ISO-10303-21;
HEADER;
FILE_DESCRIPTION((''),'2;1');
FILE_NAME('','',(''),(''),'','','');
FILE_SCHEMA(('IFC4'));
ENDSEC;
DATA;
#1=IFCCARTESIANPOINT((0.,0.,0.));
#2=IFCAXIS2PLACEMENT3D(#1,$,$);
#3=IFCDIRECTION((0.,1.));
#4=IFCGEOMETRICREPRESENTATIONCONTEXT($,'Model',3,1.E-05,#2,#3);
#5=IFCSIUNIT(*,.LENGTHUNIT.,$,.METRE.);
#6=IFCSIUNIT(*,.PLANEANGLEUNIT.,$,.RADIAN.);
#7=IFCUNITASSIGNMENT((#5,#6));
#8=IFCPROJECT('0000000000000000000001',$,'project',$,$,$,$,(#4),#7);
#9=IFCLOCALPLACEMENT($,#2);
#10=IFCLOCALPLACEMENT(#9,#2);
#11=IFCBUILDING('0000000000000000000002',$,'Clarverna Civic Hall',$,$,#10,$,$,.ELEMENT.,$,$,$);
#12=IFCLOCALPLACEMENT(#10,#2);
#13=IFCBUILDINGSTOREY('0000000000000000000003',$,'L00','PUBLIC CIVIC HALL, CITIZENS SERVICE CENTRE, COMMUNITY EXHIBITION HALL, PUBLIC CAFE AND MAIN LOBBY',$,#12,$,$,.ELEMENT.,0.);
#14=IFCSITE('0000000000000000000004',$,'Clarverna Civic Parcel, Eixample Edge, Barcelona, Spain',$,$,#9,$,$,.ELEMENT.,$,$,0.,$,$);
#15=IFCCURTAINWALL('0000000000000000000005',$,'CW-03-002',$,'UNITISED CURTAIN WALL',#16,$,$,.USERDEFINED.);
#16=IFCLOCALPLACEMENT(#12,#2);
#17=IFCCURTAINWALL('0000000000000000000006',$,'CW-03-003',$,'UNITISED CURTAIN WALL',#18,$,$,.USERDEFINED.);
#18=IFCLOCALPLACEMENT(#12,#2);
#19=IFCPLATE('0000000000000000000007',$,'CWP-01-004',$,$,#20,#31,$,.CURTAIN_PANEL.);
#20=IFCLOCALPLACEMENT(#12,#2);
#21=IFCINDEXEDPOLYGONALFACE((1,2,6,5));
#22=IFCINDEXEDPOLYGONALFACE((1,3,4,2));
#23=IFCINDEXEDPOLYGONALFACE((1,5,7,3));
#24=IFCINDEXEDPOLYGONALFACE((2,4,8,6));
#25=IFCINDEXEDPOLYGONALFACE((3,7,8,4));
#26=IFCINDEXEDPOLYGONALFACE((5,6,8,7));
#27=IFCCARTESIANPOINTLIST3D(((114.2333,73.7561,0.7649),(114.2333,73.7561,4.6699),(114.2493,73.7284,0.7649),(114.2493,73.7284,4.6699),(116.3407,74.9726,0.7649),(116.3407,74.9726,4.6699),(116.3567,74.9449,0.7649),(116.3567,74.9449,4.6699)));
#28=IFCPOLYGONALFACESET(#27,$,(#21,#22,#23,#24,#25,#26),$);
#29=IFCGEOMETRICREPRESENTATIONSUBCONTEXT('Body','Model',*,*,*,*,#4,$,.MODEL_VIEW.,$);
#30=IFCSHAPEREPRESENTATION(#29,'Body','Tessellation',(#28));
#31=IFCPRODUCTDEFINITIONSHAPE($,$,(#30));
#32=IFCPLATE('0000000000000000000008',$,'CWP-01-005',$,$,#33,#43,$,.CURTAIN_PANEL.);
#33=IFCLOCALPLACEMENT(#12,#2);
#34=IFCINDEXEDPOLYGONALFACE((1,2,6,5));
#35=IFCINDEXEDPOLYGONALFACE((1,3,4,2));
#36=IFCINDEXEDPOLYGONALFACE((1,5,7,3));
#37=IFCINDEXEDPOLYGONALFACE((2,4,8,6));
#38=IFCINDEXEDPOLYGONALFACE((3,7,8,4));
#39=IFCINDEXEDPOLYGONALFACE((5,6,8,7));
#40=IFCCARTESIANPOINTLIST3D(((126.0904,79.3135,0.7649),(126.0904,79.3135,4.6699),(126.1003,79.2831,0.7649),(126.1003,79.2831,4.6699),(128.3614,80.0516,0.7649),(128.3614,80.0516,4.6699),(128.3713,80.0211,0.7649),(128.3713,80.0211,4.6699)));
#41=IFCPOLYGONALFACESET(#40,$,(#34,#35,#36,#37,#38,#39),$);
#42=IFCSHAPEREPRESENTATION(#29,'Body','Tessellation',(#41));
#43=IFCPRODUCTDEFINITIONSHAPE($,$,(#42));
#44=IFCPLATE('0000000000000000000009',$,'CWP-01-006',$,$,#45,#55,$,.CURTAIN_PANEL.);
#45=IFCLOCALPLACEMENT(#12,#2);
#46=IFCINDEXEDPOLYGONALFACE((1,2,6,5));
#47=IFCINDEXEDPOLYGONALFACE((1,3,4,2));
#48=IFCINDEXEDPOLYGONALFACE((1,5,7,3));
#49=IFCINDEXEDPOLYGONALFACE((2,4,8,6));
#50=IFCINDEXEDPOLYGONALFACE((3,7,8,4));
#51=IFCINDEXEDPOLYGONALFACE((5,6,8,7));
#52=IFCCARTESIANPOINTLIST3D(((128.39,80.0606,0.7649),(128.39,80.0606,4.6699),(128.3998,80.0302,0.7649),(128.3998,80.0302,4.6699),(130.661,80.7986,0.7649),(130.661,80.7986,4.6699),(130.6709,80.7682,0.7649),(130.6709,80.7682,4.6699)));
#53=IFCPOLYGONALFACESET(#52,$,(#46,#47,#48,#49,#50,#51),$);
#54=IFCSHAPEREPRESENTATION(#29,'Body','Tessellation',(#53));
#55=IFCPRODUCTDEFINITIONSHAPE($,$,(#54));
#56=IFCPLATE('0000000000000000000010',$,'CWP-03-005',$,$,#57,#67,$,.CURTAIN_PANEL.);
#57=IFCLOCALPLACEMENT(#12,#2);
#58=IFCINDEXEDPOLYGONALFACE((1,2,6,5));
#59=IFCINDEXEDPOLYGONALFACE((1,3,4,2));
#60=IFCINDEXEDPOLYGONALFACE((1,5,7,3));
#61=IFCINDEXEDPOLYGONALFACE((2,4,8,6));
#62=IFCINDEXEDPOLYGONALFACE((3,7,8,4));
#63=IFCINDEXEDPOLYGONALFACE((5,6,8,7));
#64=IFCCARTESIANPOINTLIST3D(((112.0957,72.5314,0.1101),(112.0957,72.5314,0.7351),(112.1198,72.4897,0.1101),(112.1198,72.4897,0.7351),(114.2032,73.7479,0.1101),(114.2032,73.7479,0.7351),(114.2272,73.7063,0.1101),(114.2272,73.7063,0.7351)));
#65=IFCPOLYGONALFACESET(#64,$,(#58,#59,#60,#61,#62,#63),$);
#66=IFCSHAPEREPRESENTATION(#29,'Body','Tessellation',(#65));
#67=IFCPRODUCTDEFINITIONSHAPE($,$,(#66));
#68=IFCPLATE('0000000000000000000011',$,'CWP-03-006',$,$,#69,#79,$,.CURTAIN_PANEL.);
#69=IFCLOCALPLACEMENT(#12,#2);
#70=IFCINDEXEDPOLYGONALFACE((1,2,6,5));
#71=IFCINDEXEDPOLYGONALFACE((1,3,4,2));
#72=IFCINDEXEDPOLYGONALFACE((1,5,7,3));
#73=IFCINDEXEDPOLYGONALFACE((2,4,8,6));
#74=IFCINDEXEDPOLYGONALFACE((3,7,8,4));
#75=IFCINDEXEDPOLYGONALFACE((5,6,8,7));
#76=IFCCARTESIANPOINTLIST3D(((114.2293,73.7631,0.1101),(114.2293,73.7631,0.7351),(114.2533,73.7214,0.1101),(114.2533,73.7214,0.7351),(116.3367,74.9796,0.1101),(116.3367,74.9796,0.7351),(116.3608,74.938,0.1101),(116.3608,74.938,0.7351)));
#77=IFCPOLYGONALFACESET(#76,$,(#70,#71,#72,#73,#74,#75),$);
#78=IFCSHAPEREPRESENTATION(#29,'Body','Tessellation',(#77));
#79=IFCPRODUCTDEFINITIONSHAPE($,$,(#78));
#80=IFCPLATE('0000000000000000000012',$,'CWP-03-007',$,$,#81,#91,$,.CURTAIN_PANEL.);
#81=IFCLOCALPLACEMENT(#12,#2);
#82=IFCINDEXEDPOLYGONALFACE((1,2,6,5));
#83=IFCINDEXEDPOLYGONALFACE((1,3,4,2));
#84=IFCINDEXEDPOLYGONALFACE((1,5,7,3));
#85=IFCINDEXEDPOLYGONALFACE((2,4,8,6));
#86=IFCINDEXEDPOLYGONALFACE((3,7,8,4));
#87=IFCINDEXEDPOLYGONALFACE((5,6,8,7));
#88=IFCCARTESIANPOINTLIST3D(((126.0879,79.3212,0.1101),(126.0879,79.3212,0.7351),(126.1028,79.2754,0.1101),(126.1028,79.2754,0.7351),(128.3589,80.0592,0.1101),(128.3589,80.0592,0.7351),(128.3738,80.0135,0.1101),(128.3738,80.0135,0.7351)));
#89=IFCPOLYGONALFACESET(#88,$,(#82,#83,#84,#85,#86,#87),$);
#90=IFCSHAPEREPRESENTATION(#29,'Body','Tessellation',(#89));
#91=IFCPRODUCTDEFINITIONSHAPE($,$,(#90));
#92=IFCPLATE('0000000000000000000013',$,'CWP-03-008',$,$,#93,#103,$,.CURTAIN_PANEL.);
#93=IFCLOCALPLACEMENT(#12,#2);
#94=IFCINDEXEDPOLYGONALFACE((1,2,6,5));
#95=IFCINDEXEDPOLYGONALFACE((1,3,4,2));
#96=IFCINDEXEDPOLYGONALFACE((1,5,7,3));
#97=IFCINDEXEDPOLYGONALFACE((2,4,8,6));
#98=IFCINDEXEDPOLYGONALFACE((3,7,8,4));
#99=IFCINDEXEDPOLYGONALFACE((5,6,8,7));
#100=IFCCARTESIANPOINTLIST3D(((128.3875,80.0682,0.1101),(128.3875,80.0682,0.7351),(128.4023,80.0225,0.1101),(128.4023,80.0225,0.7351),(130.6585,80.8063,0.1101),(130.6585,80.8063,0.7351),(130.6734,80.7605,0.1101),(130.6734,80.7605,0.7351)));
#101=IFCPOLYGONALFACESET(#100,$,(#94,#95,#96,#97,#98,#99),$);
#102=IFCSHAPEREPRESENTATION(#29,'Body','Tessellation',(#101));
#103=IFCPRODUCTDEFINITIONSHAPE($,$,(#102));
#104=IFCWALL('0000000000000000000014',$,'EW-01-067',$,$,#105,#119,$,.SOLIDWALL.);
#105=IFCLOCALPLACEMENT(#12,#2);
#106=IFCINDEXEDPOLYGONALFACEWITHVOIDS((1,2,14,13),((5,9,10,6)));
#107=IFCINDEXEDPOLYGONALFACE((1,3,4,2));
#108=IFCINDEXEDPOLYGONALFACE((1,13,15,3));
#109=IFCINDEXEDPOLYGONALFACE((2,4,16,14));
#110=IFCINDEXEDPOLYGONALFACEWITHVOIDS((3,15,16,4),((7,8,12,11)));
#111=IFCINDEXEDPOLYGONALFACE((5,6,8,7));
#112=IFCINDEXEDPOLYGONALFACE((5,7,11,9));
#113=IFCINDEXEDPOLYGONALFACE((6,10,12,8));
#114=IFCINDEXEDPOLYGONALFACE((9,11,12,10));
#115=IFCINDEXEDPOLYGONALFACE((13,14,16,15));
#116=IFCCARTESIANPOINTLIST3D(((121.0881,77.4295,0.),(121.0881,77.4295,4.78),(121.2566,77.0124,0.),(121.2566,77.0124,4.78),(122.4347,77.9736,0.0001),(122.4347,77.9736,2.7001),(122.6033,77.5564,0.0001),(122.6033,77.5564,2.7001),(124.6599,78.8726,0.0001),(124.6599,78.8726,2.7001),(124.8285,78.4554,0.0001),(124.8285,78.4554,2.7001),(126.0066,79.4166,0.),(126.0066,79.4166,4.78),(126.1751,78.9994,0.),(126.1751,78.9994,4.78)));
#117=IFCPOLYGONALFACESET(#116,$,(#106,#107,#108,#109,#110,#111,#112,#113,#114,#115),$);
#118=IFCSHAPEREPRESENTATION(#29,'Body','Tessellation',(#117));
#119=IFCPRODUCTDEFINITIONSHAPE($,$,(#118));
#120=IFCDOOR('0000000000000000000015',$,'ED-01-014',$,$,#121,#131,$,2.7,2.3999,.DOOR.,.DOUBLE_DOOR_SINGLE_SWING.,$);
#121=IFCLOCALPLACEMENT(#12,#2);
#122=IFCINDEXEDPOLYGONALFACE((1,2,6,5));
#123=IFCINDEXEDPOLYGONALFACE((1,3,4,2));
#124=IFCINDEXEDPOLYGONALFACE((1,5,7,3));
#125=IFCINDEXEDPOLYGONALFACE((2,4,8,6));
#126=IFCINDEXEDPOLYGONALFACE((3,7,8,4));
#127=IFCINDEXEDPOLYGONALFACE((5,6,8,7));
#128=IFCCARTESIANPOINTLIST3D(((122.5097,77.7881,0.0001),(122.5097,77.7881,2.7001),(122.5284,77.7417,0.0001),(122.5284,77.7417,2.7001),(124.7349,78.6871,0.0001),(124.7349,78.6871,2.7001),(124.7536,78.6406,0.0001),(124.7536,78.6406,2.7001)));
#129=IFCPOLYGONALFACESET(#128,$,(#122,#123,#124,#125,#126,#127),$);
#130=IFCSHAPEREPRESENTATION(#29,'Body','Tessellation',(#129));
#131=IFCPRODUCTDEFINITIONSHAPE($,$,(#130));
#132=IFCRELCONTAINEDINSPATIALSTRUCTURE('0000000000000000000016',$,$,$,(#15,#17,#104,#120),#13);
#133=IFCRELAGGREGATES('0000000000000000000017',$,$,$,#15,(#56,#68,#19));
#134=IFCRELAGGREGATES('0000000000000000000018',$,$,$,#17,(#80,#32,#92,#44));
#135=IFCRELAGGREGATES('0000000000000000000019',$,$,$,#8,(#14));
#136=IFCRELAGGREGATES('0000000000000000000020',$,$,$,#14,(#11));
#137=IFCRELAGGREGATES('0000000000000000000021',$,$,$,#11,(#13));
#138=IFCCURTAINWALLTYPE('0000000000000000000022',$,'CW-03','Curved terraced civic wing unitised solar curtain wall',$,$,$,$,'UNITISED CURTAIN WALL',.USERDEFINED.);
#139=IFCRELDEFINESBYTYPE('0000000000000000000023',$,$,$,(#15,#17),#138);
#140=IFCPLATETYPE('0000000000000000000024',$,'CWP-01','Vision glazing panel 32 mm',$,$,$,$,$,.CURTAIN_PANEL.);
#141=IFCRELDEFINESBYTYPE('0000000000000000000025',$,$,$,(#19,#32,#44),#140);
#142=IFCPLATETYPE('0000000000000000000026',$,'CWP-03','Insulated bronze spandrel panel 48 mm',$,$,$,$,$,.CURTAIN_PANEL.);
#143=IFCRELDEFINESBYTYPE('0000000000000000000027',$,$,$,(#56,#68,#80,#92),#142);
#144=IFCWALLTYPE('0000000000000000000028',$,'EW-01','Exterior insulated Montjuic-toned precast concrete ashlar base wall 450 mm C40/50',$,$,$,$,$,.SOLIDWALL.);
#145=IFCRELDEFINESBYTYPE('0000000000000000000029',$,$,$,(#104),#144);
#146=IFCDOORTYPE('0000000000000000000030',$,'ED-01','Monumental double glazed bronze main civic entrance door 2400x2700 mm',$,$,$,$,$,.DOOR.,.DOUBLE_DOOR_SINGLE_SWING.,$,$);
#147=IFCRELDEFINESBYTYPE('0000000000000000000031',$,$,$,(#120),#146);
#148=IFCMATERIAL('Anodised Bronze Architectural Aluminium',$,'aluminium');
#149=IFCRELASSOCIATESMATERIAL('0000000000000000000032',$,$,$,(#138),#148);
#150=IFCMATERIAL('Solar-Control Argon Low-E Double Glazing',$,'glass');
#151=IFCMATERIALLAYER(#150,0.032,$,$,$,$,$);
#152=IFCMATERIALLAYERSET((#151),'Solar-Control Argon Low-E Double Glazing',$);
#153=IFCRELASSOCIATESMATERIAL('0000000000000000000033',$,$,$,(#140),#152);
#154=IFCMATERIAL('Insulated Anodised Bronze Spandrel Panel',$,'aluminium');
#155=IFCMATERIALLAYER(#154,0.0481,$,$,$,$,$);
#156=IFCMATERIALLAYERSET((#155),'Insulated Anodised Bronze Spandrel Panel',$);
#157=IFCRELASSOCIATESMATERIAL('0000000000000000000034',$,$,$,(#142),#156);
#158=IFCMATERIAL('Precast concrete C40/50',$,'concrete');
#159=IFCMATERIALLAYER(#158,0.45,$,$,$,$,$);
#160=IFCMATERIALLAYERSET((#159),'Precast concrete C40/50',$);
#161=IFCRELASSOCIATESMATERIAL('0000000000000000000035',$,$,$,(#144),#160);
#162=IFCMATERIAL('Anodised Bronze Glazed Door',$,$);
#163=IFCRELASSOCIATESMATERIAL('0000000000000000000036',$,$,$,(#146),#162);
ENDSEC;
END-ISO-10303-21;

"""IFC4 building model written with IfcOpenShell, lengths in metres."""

from ifc_helpers import new_model, si_unit, direction, frame, frame_2d, origin, place, context, subcontext, project, spatial, rectangle, extrude, material, layer, layer_set, type_object, element, fill, aggregate, save


model = new_model("IFC4")

# Units and contexts
model_context = context("Model", 3, precision=1e-05, world=origin(), true_north=direction((0.0, 1.0)))
body_context = subcontext(model_context, "Body", "Model", "MODEL_VIEW")
ifc_project = project(units=[si_unit("LENGTHUNIT", "METRE"), si_unit("PLANEANGLEUNIT", "RADIAN")], contexts=[model_context])

# Site, building, storey
site_placement = place(None, origin())
site = spatial("IfcSite", under=ifc_project, at=site_placement, Name="Clarverna Civic Parcel, Eixample Edge, Barcelona, Spain", CompositionType="ELEMENT", RefElevation=0.0)
building_placement = place(site_placement, origin())
building = spatial("IfcBuilding", under=site, at=building_placement, Name="Clarverna Civic Hall", CompositionType="ELEMENT")
storey_placement = place(building_placement, origin())
storey = spatial("IfcBuildingStorey", under=building, at=storey_placement, Name="L00", Description="PUBLIC CIVIC HALL, CITIZENS SERVICE CENTRE, COMMUNITY EXHIBITION HALL, PUBLIC CAFE AND MAIN LOBBY", CompositionType="ELEMENT", Elevation=0.0)

# Curtain walls
ifc_material_1 = material(Name="Anodised Bronze Architectural Aluminium", Category="aluminium")
curtain_wall_type = type_object("IfcCurtainWallType", Name="CW-03", Description="Curved terraced civic wing unitised solar curtain wall", ElementType="UNITISED CURTAIN WALL", PredefinedType="USERDEFINED", material=ifc_material_1)
curtain_wall_1_placement = place(storey_placement, origin())
curtain_wall_1 = element("IfcCurtainWall", 1, at=curtain_wall_1_placement, inside=storey, type_object=curtain_wall_type, Name="CW-03-002", ObjectType="UNITISED CURTAIN WALL", PredefinedType="USERDEFINED")
curtain_wall_2_placement = place(storey_placement, origin())
curtain_wall_2 = element("IfcCurtainWall", 2, at=curtain_wall_2_placement, inside=storey, type_object=curtain_wall_type, Name="CW-03-003", ObjectType="UNITISED CURTAIN WALL", PredefinedType="USERDEFINED")

# Plates
ifc_material_2 = material(Name="Solar-Control Argon Low-E Double Glazing", Category="glass")
ifc_layer_1 = layer(ifc_material_2, 0.032)
ifc_layer_set_1 = layer_set([ifc_layer_1], Name="Solar-Control Argon Low-E Double Glazing")
plate_type_1 = type_object("IfcPlateType", Name="CWP-01", Description="Vision glazing panel 32 mm", PredefinedType="CURTAIN_PANEL", material=ifc_layer_set_1)
plate_1_placement = place(storey_placement, frame((114.2412, 73.7422, 0.7649), z_axis=(0.0, 0.0, 1.0), x_axis=(0.866055, 0.499948, 0.0)))
plate_1 = element("IfcPlate", 3, at=plate_1_placement, type_object=plate_type_1, Name="CWP-01-004", PredefinedType="CURTAIN_PANEL", context=body_context, shape_type="SweptSolid", body=[
    extrude(rectangle(XDim=2.4333, YDim=0.032, at=frame_2d((1.2168, 0.0))), origin(), (0.0, 0.0, 1.0), 3.905),
])
plate_2_placement = place(storey_placement, frame((126.0955, 79.2983, 0.7649), z_axis=(0.0, 0.0, 1.0), x_axis=(0.951039, 0.309072, 0.0)))
plate_2 = element("IfcPlate", 4, at=plate_2_placement, type_object=plate_type_1, Name="CWP-01-005", PredefinedType="CURTAIN_PANEL", context=body_context, shape_type="SweptSolid", body=[
    extrude(rectangle(XDim=2.3879, YDim=0.032, at=frame_2d((1.1938, 0.0))), origin(), (0.0, 0.0, 1.0), 3.905),
])
plate_3_placement = place(storey_placement, frame((128.395, 80.0454, 0.7649), z_axis=(0.0, 0.0, 1.0), x_axis=(0.951039, 0.309072, 0.0)))
plate_3 = element("IfcPlate", 5, at=plate_3_placement, type_object=plate_type_1, Name="CWP-01-006", PredefinedType="CURTAIN_PANEL", context=body_context, shape_type="SweptSolid", body=[
    extrude(rectangle(XDim=2.3879, YDim=0.032, at=frame_2d((1.1938, 0.0))), origin(), (0.0, 0.0, 1.0), 3.905),
])
ifc_material_3 = material(Name="Insulated Anodised Bronze Spandrel Panel", Category="aluminium")
ifc_layer_2 = layer(ifc_material_3, 0.0481)
ifc_layer_set_2 = layer_set([ifc_layer_2], Name="Insulated Anodised Bronze Spandrel Panel")
plate_type_2 = type_object("IfcPlateType", Name="CWP-03", Description="Insulated bronze spandrel panel 48 mm", PredefinedType="CURTAIN_PANEL", material=ifc_layer_set_2)
plate_4_placement = place(storey_placement, frame((112.1077, 72.5105, 0.1101), z_axis=(0.0, 0.0, 1.0), x_axis=(0.866055, 0.499948, 0.0)))
plate_4 = element("IfcPlate", 6, at=plate_4_placement, type_object=plate_type_2, Name="CWP-03-005", PredefinedType="CURTAIN_PANEL", context=body_context, shape_type="SweptSolid", body=[
    extrude(rectangle(XDim=2.4333, YDim=0.0481, at=frame_2d((1.2168, 0.0))), origin(), (0.0, 0.0, 1.0), 0.625),
])
plate_5_placement = place(storey_placement, frame((114.2412, 73.7422, 0.1101), z_axis=(0.0, 0.0, 1.0), x_axis=(0.866055, 0.499948, 0.0)))
plate_5 = element("IfcPlate", 7, at=plate_5_placement, type_object=plate_type_2, Name="CWP-03-006", PredefinedType="CURTAIN_PANEL", context=body_context, shape_type="SweptSolid", body=[
    extrude(rectangle(XDim=2.4333, YDim=0.0481, at=frame_2d((1.2168, 0.0))), origin(), (0.0, 0.0, 1.0), 0.625),
])
aggregate(curtain_wall_1, [plate_4, plate_5, plate_1])
plate_6_placement = place(storey_placement, frame((126.0955, 79.2983, 0.1101), z_axis=(0.0, 0.0, 1.0), x_axis=(0.951039, 0.309072, 0.0)))
plate_6 = element("IfcPlate", 8, at=plate_6_placement, type_object=plate_type_2, Name="CWP-03-007", PredefinedType="CURTAIN_PANEL", context=body_context, shape_type="SweptSolid", body=[
    extrude(rectangle(XDim=2.3879, YDim=0.0481, at=frame_2d((1.1938, 0.0))), origin(), (0.0, 0.0, 1.0), 0.625),
])
plate_7_placement = place(storey_placement, frame((128.395, 80.0454, 0.1101), z_axis=(0.0, 0.0, 1.0), x_axis=(0.951039, 0.309072, 0.0)))
plate_7 = element("IfcPlate", 9, at=plate_7_placement, type_object=plate_type_2, Name="CWP-03-008", PredefinedType="CURTAIN_PANEL", context=body_context, shape_type="SweptSolid", body=[
    extrude(rectangle(XDim=2.3879, YDim=0.0481, at=frame_2d((1.1938, 0.0))), origin(), (0.0, 0.0, 1.0), 0.625),
])
aggregate(curtain_wall_2, [plate_6, plate_2, plate_7, plate_3])

# Wall, opening, door
ifc_material_4 = material(Name="Precast concrete C40/50", Category="concrete")
ifc_layer_3 = layer(ifc_material_4, 0.45)
ifc_layer_set_3 = layer_set([ifc_layer_3], Name="Precast concrete C40/50")
wall_type = type_object("IfcWallType", Name="EW-01", Description="Exterior insulated Montjuic-toned precast concrete ashlar base wall 450 mm C40/50", PredefinedType="SOLIDWALL", material=ifc_layer_set_3)
ifc_material_5 = material(Name="Anodised Bronze Glazed Door")
wall_1_placement = place(storey_placement, frame((121.1724, 77.2209, 0.0), z_axis=(0.0, 0.0, 1.0), x_axis=(0.927192, 0.374586, 0.0)))
wall_1 = element("IfcWall", 10, at=wall_1_placement, inside=storey, type_object=wall_type, Name="EW-01-067", PredefinedType="SOLIDWALL", context=body_context, shape_type="SweptSolid", body=[
    extrude(rectangle(XDim=5.3047, YDim=0.45, at=frame_2d((2.6523, 0.0))), origin(), (0.0, 0.0, 1.0), 4.78),
])
opening_1_placement = place(wall_1_placement, frame((1.4524, 0.0, 0.0)))
opening_1 = element("IfcOpeningElement", 11, at=opening_1_placement, cuts=wall_1, PredefinedType="OPENING", context=body_context, shape_type="SweptSolid", body=[
    extrude(rectangle(XDim=2.3999, YDim=2.7, at=frame_2d((1.2, 1.3501))), frame((0.0, 0.2349, 0.0), z_axis=(0.0, -1.0, 0.0), x_axis=(1.0, 0.0, 0.0)), (0.0, 0.0, 1.0), 0.47),
])
door_type_1 = type_object("IfcDoorType", Name="ED-01", Description="Monumental double glazed bronze main civic entrance door 2400x2700 mm", OperationType="DOUBLE_DOOR_SINGLE_SWING", PredefinedType="DOOR", material=ifc_material_5)
door_1_placement = place(opening_1_placement, origin())
door_1 = element("IfcDoor", 12, at=door_1_placement, inside=storey, type_object=door_type_1, Name="ED-01-014", OperationType="DOUBLE_DOOR_SINGLE_SWING", OverallHeight=2.7, OverallWidth=2.3999, PredefinedType="DOOR", context=body_context, shape_type="SweptSolid", body=[
    extrude(rectangle(XDim=2.3999, YDim=2.7, at=frame_2d((1.2, 1.3501))), frame((0.0, 0.0249, 0.0), z_axis=(0.0, -1.0, 0.0), x_axis=(1.0, 0.0, 0.0)), (0.0, 0.0, 1.0), 0.05),
])
fill(opening_1, door_1)

save(model, "model.ifc")
